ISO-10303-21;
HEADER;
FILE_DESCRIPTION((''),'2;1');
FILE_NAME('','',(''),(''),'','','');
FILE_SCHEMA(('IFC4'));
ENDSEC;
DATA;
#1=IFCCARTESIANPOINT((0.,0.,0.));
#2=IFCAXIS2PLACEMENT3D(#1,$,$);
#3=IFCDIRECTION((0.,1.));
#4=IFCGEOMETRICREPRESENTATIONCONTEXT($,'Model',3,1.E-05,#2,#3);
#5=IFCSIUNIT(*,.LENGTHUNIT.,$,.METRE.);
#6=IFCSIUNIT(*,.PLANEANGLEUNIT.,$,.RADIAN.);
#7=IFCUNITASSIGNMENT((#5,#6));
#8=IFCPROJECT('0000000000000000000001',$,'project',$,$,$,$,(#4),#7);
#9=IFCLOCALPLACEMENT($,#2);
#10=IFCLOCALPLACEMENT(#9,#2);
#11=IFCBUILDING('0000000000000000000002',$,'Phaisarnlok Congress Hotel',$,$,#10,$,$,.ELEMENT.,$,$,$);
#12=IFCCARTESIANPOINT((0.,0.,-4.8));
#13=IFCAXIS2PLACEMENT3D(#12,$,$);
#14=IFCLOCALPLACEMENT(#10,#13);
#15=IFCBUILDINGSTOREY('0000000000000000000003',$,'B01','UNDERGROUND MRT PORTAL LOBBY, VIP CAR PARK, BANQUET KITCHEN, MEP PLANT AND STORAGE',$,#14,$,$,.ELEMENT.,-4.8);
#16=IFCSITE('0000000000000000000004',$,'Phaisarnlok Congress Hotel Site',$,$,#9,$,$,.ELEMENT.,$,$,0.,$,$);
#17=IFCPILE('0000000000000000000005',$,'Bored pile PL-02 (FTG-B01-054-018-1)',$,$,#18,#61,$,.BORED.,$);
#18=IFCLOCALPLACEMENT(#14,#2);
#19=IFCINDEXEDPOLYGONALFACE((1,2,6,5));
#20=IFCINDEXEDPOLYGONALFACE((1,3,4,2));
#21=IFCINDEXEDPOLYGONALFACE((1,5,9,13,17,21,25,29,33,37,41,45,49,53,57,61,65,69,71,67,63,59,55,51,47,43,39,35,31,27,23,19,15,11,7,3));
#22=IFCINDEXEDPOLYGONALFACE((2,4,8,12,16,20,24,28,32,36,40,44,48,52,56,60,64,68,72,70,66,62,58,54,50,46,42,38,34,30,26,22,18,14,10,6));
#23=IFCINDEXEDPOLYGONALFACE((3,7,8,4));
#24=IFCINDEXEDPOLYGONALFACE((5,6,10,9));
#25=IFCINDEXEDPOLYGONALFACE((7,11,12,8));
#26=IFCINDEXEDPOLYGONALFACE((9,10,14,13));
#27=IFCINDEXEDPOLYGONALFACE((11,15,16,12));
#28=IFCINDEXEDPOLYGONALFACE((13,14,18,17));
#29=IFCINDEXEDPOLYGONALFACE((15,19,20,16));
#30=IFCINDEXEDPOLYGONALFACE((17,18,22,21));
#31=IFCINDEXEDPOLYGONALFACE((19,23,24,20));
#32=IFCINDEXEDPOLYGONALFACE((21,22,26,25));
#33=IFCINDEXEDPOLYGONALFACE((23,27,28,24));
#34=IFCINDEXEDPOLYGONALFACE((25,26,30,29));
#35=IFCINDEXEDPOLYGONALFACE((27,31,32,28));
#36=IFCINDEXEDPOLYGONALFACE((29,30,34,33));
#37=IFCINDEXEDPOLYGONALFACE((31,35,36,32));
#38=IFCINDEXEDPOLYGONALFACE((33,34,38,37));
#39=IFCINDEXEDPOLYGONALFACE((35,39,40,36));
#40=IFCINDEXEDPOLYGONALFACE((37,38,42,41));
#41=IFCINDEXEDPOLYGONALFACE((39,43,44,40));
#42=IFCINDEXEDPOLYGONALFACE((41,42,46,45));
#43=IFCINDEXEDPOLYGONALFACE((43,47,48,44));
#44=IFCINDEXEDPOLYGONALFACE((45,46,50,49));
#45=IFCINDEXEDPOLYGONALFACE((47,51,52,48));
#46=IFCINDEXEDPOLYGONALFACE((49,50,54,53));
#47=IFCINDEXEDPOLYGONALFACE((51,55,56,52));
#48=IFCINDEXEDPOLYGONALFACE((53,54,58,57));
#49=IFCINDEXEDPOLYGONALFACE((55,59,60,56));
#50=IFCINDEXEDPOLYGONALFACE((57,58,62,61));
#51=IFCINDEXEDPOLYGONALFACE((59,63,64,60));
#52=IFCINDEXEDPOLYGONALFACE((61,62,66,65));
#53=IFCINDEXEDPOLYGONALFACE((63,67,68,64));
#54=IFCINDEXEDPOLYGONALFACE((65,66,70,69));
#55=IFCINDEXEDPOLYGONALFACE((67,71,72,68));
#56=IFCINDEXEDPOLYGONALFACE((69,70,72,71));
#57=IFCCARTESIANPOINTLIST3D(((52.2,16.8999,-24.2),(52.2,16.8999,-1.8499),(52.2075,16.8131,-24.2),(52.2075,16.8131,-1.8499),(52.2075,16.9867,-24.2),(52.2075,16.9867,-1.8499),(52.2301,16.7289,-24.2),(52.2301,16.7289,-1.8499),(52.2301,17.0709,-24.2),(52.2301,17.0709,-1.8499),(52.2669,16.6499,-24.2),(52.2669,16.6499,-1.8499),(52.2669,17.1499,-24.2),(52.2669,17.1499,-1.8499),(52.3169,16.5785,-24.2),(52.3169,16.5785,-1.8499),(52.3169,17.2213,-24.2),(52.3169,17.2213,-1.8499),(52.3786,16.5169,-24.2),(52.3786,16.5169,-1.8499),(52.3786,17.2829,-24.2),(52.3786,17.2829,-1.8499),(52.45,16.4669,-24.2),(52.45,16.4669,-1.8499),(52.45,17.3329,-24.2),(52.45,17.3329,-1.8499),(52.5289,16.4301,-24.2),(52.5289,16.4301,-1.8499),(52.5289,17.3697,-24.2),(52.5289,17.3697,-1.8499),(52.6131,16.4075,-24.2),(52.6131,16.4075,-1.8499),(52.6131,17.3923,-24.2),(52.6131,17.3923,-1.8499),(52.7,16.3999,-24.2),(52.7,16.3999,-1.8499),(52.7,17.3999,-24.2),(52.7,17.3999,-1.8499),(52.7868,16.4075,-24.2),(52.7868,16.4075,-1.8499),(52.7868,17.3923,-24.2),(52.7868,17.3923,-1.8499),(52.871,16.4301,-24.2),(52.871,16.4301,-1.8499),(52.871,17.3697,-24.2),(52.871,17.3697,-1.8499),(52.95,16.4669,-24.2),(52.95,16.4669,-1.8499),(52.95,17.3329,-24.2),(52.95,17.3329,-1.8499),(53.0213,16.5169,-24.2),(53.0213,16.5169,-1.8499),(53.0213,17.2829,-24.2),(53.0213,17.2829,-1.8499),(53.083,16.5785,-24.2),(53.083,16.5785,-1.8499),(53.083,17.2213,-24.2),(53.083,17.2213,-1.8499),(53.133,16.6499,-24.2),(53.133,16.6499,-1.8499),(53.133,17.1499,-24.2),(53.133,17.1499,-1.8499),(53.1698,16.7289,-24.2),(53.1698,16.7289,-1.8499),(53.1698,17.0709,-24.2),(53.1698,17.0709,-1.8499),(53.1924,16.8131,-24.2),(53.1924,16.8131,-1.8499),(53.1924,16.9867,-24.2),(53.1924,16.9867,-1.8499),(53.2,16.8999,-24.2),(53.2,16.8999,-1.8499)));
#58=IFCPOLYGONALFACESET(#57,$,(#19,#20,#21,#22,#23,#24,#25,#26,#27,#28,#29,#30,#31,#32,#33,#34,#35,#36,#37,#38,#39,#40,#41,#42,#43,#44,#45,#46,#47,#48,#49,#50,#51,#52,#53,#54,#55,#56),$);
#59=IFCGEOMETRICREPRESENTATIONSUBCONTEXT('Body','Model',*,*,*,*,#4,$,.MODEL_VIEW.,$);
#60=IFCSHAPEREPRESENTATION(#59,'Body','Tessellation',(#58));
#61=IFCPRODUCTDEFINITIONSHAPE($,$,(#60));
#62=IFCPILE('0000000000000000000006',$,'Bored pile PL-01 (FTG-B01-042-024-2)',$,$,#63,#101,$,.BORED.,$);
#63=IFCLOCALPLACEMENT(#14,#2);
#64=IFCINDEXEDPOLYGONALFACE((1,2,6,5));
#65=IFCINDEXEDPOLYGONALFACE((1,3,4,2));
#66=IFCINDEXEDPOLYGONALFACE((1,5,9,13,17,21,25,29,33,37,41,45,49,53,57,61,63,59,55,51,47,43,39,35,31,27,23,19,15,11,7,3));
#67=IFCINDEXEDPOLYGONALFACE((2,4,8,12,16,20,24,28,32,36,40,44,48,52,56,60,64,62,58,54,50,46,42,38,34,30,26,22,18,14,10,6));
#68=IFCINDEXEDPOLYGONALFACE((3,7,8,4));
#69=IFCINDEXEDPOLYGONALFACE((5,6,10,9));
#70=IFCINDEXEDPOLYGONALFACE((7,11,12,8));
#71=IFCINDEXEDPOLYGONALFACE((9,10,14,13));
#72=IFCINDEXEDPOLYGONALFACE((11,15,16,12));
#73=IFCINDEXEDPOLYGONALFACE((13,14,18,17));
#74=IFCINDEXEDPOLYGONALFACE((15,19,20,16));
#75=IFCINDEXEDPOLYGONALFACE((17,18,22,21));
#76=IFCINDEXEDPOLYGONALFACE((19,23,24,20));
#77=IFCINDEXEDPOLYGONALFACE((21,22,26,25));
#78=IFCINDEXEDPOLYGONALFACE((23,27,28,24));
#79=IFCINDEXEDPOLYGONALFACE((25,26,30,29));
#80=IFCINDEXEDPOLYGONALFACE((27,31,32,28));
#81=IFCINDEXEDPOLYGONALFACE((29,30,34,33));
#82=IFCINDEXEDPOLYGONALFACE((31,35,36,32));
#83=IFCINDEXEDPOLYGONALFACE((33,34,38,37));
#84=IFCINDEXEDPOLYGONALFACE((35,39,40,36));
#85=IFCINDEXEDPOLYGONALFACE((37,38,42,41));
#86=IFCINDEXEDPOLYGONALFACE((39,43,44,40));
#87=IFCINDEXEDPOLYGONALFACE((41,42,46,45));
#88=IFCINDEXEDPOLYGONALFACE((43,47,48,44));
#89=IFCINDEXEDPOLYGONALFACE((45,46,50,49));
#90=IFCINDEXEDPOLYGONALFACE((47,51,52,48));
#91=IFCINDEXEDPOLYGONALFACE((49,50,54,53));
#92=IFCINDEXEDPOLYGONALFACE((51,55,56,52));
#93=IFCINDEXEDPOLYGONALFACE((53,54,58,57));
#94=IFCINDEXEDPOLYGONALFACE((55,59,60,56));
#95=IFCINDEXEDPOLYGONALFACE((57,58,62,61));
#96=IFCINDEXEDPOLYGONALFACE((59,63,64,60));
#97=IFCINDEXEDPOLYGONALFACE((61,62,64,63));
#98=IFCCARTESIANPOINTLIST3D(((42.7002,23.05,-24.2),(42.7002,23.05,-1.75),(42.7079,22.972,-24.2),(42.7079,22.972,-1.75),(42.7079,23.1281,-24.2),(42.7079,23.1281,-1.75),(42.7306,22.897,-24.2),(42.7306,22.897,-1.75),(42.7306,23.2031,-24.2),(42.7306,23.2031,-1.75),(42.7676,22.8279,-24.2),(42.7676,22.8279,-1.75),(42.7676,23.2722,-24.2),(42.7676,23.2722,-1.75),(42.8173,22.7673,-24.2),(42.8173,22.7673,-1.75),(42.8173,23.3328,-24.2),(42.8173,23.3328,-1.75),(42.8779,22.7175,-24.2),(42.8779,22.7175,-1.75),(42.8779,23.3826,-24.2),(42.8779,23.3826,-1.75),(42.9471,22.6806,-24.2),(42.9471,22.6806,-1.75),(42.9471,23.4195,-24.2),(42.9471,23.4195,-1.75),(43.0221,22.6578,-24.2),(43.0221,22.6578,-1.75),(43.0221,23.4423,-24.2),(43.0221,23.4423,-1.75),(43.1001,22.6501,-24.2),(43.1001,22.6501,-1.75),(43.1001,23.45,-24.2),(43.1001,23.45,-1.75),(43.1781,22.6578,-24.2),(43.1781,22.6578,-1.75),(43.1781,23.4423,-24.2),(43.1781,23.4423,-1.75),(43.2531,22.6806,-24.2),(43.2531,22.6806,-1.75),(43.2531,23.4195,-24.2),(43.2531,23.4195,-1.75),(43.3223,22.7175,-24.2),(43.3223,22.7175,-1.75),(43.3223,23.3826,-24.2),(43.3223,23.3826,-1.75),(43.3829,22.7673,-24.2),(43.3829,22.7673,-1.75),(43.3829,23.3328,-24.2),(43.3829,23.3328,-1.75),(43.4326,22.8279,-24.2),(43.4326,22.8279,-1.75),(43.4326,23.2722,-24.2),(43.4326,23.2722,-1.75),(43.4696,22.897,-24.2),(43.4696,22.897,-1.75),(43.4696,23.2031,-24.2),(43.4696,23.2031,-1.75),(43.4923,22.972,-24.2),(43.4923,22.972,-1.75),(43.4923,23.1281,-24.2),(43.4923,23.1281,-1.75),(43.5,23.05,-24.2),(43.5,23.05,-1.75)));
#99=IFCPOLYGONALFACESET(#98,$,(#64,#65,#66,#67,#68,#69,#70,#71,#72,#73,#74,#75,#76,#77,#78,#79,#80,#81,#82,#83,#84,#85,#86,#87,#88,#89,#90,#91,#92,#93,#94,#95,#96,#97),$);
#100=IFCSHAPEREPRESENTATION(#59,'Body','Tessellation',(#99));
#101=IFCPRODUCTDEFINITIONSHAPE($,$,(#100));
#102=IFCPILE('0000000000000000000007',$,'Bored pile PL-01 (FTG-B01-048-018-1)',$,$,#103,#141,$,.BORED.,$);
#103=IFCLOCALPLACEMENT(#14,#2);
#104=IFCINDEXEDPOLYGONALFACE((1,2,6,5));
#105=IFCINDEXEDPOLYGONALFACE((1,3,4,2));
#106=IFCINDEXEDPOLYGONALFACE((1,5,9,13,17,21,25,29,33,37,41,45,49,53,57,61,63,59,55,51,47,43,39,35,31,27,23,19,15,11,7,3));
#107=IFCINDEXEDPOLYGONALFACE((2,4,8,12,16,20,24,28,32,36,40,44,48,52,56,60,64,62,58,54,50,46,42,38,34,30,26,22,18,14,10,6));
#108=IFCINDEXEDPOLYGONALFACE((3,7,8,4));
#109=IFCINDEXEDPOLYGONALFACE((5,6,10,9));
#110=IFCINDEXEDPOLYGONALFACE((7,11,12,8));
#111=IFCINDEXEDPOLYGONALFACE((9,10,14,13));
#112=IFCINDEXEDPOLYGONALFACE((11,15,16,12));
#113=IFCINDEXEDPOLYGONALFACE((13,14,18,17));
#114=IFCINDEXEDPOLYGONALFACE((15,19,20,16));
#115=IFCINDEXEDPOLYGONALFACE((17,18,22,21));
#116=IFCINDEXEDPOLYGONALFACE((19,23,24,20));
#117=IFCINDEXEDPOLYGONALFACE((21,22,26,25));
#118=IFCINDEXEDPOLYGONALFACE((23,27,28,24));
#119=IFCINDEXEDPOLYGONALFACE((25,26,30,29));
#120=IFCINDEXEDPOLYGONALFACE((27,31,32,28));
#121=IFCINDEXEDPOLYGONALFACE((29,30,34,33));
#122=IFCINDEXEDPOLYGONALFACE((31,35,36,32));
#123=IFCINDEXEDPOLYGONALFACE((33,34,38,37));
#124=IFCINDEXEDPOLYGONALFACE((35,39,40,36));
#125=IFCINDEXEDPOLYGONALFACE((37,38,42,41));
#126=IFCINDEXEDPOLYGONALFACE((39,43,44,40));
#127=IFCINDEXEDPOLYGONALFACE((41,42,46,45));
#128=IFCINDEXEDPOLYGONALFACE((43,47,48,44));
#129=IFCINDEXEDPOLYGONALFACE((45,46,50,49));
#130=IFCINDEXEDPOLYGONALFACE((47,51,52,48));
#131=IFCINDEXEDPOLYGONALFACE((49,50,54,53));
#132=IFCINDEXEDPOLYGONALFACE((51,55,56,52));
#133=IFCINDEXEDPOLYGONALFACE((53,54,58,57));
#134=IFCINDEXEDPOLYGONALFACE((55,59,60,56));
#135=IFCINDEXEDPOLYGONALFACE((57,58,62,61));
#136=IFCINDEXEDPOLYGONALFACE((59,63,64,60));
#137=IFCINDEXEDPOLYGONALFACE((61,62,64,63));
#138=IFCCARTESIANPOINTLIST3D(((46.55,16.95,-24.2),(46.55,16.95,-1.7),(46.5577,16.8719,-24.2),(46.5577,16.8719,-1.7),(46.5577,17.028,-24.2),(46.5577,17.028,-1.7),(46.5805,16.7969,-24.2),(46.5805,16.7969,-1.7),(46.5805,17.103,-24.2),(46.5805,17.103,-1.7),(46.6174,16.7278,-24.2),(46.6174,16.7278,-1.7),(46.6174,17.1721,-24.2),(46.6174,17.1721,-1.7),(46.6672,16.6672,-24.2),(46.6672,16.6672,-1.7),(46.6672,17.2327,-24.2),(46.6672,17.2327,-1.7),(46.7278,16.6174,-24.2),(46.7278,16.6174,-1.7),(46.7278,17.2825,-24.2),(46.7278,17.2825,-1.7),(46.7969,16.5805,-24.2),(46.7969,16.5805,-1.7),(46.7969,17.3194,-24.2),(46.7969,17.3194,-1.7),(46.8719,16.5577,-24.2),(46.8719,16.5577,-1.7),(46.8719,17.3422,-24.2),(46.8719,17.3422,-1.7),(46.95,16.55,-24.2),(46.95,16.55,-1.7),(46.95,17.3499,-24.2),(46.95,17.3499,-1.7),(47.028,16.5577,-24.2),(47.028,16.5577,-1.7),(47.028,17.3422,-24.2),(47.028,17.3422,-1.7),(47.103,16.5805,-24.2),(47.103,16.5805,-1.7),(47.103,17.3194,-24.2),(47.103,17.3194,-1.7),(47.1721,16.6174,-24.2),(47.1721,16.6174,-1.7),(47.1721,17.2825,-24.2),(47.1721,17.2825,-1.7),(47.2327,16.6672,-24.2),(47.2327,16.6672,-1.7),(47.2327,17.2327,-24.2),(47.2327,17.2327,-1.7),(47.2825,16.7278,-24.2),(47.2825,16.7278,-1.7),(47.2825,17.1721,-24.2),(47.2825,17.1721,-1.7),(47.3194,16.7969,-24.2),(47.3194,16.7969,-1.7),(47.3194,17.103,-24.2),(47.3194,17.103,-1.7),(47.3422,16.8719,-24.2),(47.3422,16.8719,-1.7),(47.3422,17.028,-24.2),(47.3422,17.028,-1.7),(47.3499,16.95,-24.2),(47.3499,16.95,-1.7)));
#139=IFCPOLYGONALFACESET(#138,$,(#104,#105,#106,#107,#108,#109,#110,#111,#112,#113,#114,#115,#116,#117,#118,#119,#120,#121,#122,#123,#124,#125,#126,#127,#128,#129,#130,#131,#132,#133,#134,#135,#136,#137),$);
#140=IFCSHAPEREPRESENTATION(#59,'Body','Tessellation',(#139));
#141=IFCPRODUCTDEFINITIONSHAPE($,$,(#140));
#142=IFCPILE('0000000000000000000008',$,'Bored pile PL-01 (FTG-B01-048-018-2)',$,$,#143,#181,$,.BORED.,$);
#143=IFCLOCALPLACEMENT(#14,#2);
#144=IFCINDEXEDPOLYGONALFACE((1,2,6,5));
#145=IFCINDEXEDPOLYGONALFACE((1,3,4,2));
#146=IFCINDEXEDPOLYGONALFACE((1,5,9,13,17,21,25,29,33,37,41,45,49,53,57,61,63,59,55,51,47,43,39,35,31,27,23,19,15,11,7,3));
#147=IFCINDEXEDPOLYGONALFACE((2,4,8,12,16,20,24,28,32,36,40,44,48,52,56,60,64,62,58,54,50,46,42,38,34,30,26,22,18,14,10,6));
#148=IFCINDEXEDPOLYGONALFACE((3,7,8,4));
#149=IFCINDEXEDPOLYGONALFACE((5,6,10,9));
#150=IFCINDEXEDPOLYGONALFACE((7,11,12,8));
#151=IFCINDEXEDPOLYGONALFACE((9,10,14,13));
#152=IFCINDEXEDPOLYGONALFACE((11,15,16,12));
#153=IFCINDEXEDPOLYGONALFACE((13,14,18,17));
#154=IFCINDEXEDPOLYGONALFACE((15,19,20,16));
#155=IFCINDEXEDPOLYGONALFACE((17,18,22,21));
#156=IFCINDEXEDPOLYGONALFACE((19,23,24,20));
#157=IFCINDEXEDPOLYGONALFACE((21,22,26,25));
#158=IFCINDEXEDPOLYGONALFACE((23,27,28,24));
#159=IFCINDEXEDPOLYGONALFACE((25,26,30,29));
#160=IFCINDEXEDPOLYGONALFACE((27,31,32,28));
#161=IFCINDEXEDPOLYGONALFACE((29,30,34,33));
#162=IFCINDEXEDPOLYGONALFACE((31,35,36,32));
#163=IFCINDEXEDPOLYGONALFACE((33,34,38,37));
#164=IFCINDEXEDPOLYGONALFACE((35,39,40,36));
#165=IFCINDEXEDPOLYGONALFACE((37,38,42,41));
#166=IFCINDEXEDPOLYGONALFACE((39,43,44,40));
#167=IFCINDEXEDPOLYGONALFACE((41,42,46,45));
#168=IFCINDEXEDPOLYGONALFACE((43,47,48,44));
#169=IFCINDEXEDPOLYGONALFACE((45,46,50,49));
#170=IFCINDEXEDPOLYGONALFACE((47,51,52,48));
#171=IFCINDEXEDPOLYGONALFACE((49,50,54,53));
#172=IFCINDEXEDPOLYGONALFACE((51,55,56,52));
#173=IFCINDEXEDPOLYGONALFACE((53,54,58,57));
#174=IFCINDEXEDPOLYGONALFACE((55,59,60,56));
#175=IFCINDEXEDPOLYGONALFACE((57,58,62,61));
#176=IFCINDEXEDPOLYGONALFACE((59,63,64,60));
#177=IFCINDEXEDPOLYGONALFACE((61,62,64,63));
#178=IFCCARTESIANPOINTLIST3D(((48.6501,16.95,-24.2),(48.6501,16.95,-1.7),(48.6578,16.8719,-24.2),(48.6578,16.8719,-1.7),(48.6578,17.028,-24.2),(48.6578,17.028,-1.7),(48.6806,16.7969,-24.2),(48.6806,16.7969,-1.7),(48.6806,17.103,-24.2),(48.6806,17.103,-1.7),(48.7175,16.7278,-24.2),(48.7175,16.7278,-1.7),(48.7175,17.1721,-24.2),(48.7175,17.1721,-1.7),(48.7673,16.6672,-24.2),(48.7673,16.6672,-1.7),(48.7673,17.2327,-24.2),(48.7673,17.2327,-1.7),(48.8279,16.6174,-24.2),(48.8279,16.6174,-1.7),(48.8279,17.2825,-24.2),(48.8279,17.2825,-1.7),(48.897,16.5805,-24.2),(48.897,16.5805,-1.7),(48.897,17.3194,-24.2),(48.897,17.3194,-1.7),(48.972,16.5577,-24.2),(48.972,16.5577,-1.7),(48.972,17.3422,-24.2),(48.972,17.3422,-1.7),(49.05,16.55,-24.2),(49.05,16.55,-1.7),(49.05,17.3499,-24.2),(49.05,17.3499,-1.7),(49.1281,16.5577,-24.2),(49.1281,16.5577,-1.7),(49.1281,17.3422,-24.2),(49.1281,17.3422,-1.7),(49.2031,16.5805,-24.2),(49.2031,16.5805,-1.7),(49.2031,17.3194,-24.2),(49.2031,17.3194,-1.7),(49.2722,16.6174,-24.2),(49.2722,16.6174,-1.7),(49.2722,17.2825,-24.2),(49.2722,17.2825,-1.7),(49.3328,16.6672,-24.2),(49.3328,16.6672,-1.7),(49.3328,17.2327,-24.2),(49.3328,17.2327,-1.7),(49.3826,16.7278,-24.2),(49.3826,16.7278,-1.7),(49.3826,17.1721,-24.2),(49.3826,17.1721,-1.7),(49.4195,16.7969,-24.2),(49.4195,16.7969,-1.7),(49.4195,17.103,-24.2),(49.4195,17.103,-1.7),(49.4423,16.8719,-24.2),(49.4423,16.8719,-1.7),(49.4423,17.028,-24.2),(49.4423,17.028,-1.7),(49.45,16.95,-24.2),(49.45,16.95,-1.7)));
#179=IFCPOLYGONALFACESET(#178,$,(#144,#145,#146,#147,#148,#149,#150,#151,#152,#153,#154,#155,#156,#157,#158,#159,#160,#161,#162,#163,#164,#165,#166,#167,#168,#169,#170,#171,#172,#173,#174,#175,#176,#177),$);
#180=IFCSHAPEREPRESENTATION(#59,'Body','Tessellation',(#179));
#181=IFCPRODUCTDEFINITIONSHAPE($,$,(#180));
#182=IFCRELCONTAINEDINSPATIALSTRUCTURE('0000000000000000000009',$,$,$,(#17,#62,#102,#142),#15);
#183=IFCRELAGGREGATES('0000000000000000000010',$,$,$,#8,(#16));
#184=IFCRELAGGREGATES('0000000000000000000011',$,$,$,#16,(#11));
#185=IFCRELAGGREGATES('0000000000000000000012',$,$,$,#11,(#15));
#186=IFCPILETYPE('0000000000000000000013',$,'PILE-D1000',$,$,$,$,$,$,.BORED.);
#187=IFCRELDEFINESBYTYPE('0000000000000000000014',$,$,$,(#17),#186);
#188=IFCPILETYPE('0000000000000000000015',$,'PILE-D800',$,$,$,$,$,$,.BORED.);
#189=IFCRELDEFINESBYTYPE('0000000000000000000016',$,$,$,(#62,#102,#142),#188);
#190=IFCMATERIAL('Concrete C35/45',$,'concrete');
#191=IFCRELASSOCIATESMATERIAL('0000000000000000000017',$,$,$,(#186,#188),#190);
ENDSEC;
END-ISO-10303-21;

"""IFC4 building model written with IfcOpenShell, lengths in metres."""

from ifc_helpers import new_model, si_unit, direction, frame, origin, origin_2d, place, context, subcontext, project, spatial, circle, extrude, material, material_profile, profile_set, type_object, element, save


model = new_model("IFC4")

# Units and contexts
model_context = context("Model", 3, precision=1e-05, world=origin(), true_north=direction((0.0, 1.0)))
body_context = subcontext(model_context, "Body", "Model", "MODEL_VIEW")
ifc_project = project(units=[si_unit("LENGTHUNIT", "METRE"), si_unit("PLANEANGLEUNIT", "RADIAN")], contexts=[model_context])

# Site, building, storey
site_placement = place(None, origin())
site = spatial("IfcSite", under=ifc_project, at=site_placement, Name="Phaisarnlok Congress Hotel Site", CompositionType="ELEMENT", RefElevation=0.0)
building_placement = place(site_placement, origin())
building = spatial("IfcBuilding", under=site, at=building_placement, Name="Phaisarnlok Congress Hotel", CompositionType="ELEMENT")
storey_placement = place(building_placement, frame((0.0, 0.0, -4.8)))
storey = spatial("IfcBuildingStorey", under=building, at=storey_placement, Name="B01", Description="UNDERGROUND MRT PORTAL LOBBY, VIP CAR PARK, BANQUET KITCHEN, MEP PLANT AND STORAGE", CompositionType="ELEMENT", Elevation=-4.8)

# Piles
ifc_material_1 = material(Name="Concrete C35/45", Category="concrete")
ifc_material_profile_1 = material_profile(ifc_material_1, circle(Radius=0.5, at=origin_2d()), Name="BORED PILE D1000")
ifc_profile_set_1 = profile_set([ifc_material_profile_1], Name="Concrete C35/45")
pile_type_1 = type_object("IfcPileType", Name="PILE-D1000", PredefinedType="BORED", material=ifc_profile_set_1)
for number, where, z_axis, x_axis, name in (
    (1, (52.7, 16.8999, -1.8499), (0.0, 0.0, -1.0), (1.0, 0.0, 0.0), "Bored pile PL-02 (FTG-B01-054-018-1)"),
):
    element("IfcPile", number, at=place(storey_placement, frame(where, z_axis=z_axis, x_axis=x_axis)), inside=storey, type_object=pile_type_1, Name=name, PredefinedType="BORED", context=body_context, shape_type="SweptSolid", body=[
        extrude(circle(Radius=0.5, at=origin_2d()), origin(), (0.0, 0.0, 1.0), 22.3501),
    ])
ifc_material_profile_2 = material_profile(ifc_material_1, circle(Radius=0.3999, at=origin_2d()), Name="BORED PILE D800")
ifc_profile_set_2 = profile_set([ifc_material_profile_2], Name="Concrete C35/45")
pile_type_2 = type_object("IfcPileType", Name="PILE-D800", PredefinedType="BORED", material=ifc_profile_set_2)
pile_placement = place(storey_placement, frame((43.1001, 23.05, -1.75), z_axis=(0.0, 0.0, -1.0), x_axis=(1.0, 0.0, 0.0)))
element("IfcPile", 2, at=pile_placement, inside=storey, type_object=pile_type_2, Name="Bored pile PL-01 (FTG-B01-042-024-2)", PredefinedType="BORED", context=body_context, shape_type="SweptSolid", body=[
    extrude(circle(Radius=0.3999, at=origin_2d()), origin(), (0.0, 0.0, 1.0), 22.45),
])
for number, where, z_axis, x_axis, name in (
    (3, (46.95, 16.95, -1.7), (0.0, 0.0, -1.0), (1.0, 0.0, 0.0), "Bored pile PL-01 (FTG-B01-048-018-1)"),
    (4, (49.05, 16.95, -1.7), (0.0, 0.0, -1.0), (1.0, 0.0, 0.0), "Bored pile PL-01 (FTG-B01-048-018-2)"),
):
    element("IfcPile", number, at=place(storey_placement, frame(where, z_axis=z_axis, x_axis=x_axis)), inside=storey, type_object=pile_type_2, Name=name, PredefinedType="BORED", context=body_context, shape_type="SweptSolid", body=[
        extrude(circle(Radius=0.3999, at=origin_2d()), origin(), (0.0, 0.0, 1.0), 22.5),
    ])

save(model, "model.ifc")
